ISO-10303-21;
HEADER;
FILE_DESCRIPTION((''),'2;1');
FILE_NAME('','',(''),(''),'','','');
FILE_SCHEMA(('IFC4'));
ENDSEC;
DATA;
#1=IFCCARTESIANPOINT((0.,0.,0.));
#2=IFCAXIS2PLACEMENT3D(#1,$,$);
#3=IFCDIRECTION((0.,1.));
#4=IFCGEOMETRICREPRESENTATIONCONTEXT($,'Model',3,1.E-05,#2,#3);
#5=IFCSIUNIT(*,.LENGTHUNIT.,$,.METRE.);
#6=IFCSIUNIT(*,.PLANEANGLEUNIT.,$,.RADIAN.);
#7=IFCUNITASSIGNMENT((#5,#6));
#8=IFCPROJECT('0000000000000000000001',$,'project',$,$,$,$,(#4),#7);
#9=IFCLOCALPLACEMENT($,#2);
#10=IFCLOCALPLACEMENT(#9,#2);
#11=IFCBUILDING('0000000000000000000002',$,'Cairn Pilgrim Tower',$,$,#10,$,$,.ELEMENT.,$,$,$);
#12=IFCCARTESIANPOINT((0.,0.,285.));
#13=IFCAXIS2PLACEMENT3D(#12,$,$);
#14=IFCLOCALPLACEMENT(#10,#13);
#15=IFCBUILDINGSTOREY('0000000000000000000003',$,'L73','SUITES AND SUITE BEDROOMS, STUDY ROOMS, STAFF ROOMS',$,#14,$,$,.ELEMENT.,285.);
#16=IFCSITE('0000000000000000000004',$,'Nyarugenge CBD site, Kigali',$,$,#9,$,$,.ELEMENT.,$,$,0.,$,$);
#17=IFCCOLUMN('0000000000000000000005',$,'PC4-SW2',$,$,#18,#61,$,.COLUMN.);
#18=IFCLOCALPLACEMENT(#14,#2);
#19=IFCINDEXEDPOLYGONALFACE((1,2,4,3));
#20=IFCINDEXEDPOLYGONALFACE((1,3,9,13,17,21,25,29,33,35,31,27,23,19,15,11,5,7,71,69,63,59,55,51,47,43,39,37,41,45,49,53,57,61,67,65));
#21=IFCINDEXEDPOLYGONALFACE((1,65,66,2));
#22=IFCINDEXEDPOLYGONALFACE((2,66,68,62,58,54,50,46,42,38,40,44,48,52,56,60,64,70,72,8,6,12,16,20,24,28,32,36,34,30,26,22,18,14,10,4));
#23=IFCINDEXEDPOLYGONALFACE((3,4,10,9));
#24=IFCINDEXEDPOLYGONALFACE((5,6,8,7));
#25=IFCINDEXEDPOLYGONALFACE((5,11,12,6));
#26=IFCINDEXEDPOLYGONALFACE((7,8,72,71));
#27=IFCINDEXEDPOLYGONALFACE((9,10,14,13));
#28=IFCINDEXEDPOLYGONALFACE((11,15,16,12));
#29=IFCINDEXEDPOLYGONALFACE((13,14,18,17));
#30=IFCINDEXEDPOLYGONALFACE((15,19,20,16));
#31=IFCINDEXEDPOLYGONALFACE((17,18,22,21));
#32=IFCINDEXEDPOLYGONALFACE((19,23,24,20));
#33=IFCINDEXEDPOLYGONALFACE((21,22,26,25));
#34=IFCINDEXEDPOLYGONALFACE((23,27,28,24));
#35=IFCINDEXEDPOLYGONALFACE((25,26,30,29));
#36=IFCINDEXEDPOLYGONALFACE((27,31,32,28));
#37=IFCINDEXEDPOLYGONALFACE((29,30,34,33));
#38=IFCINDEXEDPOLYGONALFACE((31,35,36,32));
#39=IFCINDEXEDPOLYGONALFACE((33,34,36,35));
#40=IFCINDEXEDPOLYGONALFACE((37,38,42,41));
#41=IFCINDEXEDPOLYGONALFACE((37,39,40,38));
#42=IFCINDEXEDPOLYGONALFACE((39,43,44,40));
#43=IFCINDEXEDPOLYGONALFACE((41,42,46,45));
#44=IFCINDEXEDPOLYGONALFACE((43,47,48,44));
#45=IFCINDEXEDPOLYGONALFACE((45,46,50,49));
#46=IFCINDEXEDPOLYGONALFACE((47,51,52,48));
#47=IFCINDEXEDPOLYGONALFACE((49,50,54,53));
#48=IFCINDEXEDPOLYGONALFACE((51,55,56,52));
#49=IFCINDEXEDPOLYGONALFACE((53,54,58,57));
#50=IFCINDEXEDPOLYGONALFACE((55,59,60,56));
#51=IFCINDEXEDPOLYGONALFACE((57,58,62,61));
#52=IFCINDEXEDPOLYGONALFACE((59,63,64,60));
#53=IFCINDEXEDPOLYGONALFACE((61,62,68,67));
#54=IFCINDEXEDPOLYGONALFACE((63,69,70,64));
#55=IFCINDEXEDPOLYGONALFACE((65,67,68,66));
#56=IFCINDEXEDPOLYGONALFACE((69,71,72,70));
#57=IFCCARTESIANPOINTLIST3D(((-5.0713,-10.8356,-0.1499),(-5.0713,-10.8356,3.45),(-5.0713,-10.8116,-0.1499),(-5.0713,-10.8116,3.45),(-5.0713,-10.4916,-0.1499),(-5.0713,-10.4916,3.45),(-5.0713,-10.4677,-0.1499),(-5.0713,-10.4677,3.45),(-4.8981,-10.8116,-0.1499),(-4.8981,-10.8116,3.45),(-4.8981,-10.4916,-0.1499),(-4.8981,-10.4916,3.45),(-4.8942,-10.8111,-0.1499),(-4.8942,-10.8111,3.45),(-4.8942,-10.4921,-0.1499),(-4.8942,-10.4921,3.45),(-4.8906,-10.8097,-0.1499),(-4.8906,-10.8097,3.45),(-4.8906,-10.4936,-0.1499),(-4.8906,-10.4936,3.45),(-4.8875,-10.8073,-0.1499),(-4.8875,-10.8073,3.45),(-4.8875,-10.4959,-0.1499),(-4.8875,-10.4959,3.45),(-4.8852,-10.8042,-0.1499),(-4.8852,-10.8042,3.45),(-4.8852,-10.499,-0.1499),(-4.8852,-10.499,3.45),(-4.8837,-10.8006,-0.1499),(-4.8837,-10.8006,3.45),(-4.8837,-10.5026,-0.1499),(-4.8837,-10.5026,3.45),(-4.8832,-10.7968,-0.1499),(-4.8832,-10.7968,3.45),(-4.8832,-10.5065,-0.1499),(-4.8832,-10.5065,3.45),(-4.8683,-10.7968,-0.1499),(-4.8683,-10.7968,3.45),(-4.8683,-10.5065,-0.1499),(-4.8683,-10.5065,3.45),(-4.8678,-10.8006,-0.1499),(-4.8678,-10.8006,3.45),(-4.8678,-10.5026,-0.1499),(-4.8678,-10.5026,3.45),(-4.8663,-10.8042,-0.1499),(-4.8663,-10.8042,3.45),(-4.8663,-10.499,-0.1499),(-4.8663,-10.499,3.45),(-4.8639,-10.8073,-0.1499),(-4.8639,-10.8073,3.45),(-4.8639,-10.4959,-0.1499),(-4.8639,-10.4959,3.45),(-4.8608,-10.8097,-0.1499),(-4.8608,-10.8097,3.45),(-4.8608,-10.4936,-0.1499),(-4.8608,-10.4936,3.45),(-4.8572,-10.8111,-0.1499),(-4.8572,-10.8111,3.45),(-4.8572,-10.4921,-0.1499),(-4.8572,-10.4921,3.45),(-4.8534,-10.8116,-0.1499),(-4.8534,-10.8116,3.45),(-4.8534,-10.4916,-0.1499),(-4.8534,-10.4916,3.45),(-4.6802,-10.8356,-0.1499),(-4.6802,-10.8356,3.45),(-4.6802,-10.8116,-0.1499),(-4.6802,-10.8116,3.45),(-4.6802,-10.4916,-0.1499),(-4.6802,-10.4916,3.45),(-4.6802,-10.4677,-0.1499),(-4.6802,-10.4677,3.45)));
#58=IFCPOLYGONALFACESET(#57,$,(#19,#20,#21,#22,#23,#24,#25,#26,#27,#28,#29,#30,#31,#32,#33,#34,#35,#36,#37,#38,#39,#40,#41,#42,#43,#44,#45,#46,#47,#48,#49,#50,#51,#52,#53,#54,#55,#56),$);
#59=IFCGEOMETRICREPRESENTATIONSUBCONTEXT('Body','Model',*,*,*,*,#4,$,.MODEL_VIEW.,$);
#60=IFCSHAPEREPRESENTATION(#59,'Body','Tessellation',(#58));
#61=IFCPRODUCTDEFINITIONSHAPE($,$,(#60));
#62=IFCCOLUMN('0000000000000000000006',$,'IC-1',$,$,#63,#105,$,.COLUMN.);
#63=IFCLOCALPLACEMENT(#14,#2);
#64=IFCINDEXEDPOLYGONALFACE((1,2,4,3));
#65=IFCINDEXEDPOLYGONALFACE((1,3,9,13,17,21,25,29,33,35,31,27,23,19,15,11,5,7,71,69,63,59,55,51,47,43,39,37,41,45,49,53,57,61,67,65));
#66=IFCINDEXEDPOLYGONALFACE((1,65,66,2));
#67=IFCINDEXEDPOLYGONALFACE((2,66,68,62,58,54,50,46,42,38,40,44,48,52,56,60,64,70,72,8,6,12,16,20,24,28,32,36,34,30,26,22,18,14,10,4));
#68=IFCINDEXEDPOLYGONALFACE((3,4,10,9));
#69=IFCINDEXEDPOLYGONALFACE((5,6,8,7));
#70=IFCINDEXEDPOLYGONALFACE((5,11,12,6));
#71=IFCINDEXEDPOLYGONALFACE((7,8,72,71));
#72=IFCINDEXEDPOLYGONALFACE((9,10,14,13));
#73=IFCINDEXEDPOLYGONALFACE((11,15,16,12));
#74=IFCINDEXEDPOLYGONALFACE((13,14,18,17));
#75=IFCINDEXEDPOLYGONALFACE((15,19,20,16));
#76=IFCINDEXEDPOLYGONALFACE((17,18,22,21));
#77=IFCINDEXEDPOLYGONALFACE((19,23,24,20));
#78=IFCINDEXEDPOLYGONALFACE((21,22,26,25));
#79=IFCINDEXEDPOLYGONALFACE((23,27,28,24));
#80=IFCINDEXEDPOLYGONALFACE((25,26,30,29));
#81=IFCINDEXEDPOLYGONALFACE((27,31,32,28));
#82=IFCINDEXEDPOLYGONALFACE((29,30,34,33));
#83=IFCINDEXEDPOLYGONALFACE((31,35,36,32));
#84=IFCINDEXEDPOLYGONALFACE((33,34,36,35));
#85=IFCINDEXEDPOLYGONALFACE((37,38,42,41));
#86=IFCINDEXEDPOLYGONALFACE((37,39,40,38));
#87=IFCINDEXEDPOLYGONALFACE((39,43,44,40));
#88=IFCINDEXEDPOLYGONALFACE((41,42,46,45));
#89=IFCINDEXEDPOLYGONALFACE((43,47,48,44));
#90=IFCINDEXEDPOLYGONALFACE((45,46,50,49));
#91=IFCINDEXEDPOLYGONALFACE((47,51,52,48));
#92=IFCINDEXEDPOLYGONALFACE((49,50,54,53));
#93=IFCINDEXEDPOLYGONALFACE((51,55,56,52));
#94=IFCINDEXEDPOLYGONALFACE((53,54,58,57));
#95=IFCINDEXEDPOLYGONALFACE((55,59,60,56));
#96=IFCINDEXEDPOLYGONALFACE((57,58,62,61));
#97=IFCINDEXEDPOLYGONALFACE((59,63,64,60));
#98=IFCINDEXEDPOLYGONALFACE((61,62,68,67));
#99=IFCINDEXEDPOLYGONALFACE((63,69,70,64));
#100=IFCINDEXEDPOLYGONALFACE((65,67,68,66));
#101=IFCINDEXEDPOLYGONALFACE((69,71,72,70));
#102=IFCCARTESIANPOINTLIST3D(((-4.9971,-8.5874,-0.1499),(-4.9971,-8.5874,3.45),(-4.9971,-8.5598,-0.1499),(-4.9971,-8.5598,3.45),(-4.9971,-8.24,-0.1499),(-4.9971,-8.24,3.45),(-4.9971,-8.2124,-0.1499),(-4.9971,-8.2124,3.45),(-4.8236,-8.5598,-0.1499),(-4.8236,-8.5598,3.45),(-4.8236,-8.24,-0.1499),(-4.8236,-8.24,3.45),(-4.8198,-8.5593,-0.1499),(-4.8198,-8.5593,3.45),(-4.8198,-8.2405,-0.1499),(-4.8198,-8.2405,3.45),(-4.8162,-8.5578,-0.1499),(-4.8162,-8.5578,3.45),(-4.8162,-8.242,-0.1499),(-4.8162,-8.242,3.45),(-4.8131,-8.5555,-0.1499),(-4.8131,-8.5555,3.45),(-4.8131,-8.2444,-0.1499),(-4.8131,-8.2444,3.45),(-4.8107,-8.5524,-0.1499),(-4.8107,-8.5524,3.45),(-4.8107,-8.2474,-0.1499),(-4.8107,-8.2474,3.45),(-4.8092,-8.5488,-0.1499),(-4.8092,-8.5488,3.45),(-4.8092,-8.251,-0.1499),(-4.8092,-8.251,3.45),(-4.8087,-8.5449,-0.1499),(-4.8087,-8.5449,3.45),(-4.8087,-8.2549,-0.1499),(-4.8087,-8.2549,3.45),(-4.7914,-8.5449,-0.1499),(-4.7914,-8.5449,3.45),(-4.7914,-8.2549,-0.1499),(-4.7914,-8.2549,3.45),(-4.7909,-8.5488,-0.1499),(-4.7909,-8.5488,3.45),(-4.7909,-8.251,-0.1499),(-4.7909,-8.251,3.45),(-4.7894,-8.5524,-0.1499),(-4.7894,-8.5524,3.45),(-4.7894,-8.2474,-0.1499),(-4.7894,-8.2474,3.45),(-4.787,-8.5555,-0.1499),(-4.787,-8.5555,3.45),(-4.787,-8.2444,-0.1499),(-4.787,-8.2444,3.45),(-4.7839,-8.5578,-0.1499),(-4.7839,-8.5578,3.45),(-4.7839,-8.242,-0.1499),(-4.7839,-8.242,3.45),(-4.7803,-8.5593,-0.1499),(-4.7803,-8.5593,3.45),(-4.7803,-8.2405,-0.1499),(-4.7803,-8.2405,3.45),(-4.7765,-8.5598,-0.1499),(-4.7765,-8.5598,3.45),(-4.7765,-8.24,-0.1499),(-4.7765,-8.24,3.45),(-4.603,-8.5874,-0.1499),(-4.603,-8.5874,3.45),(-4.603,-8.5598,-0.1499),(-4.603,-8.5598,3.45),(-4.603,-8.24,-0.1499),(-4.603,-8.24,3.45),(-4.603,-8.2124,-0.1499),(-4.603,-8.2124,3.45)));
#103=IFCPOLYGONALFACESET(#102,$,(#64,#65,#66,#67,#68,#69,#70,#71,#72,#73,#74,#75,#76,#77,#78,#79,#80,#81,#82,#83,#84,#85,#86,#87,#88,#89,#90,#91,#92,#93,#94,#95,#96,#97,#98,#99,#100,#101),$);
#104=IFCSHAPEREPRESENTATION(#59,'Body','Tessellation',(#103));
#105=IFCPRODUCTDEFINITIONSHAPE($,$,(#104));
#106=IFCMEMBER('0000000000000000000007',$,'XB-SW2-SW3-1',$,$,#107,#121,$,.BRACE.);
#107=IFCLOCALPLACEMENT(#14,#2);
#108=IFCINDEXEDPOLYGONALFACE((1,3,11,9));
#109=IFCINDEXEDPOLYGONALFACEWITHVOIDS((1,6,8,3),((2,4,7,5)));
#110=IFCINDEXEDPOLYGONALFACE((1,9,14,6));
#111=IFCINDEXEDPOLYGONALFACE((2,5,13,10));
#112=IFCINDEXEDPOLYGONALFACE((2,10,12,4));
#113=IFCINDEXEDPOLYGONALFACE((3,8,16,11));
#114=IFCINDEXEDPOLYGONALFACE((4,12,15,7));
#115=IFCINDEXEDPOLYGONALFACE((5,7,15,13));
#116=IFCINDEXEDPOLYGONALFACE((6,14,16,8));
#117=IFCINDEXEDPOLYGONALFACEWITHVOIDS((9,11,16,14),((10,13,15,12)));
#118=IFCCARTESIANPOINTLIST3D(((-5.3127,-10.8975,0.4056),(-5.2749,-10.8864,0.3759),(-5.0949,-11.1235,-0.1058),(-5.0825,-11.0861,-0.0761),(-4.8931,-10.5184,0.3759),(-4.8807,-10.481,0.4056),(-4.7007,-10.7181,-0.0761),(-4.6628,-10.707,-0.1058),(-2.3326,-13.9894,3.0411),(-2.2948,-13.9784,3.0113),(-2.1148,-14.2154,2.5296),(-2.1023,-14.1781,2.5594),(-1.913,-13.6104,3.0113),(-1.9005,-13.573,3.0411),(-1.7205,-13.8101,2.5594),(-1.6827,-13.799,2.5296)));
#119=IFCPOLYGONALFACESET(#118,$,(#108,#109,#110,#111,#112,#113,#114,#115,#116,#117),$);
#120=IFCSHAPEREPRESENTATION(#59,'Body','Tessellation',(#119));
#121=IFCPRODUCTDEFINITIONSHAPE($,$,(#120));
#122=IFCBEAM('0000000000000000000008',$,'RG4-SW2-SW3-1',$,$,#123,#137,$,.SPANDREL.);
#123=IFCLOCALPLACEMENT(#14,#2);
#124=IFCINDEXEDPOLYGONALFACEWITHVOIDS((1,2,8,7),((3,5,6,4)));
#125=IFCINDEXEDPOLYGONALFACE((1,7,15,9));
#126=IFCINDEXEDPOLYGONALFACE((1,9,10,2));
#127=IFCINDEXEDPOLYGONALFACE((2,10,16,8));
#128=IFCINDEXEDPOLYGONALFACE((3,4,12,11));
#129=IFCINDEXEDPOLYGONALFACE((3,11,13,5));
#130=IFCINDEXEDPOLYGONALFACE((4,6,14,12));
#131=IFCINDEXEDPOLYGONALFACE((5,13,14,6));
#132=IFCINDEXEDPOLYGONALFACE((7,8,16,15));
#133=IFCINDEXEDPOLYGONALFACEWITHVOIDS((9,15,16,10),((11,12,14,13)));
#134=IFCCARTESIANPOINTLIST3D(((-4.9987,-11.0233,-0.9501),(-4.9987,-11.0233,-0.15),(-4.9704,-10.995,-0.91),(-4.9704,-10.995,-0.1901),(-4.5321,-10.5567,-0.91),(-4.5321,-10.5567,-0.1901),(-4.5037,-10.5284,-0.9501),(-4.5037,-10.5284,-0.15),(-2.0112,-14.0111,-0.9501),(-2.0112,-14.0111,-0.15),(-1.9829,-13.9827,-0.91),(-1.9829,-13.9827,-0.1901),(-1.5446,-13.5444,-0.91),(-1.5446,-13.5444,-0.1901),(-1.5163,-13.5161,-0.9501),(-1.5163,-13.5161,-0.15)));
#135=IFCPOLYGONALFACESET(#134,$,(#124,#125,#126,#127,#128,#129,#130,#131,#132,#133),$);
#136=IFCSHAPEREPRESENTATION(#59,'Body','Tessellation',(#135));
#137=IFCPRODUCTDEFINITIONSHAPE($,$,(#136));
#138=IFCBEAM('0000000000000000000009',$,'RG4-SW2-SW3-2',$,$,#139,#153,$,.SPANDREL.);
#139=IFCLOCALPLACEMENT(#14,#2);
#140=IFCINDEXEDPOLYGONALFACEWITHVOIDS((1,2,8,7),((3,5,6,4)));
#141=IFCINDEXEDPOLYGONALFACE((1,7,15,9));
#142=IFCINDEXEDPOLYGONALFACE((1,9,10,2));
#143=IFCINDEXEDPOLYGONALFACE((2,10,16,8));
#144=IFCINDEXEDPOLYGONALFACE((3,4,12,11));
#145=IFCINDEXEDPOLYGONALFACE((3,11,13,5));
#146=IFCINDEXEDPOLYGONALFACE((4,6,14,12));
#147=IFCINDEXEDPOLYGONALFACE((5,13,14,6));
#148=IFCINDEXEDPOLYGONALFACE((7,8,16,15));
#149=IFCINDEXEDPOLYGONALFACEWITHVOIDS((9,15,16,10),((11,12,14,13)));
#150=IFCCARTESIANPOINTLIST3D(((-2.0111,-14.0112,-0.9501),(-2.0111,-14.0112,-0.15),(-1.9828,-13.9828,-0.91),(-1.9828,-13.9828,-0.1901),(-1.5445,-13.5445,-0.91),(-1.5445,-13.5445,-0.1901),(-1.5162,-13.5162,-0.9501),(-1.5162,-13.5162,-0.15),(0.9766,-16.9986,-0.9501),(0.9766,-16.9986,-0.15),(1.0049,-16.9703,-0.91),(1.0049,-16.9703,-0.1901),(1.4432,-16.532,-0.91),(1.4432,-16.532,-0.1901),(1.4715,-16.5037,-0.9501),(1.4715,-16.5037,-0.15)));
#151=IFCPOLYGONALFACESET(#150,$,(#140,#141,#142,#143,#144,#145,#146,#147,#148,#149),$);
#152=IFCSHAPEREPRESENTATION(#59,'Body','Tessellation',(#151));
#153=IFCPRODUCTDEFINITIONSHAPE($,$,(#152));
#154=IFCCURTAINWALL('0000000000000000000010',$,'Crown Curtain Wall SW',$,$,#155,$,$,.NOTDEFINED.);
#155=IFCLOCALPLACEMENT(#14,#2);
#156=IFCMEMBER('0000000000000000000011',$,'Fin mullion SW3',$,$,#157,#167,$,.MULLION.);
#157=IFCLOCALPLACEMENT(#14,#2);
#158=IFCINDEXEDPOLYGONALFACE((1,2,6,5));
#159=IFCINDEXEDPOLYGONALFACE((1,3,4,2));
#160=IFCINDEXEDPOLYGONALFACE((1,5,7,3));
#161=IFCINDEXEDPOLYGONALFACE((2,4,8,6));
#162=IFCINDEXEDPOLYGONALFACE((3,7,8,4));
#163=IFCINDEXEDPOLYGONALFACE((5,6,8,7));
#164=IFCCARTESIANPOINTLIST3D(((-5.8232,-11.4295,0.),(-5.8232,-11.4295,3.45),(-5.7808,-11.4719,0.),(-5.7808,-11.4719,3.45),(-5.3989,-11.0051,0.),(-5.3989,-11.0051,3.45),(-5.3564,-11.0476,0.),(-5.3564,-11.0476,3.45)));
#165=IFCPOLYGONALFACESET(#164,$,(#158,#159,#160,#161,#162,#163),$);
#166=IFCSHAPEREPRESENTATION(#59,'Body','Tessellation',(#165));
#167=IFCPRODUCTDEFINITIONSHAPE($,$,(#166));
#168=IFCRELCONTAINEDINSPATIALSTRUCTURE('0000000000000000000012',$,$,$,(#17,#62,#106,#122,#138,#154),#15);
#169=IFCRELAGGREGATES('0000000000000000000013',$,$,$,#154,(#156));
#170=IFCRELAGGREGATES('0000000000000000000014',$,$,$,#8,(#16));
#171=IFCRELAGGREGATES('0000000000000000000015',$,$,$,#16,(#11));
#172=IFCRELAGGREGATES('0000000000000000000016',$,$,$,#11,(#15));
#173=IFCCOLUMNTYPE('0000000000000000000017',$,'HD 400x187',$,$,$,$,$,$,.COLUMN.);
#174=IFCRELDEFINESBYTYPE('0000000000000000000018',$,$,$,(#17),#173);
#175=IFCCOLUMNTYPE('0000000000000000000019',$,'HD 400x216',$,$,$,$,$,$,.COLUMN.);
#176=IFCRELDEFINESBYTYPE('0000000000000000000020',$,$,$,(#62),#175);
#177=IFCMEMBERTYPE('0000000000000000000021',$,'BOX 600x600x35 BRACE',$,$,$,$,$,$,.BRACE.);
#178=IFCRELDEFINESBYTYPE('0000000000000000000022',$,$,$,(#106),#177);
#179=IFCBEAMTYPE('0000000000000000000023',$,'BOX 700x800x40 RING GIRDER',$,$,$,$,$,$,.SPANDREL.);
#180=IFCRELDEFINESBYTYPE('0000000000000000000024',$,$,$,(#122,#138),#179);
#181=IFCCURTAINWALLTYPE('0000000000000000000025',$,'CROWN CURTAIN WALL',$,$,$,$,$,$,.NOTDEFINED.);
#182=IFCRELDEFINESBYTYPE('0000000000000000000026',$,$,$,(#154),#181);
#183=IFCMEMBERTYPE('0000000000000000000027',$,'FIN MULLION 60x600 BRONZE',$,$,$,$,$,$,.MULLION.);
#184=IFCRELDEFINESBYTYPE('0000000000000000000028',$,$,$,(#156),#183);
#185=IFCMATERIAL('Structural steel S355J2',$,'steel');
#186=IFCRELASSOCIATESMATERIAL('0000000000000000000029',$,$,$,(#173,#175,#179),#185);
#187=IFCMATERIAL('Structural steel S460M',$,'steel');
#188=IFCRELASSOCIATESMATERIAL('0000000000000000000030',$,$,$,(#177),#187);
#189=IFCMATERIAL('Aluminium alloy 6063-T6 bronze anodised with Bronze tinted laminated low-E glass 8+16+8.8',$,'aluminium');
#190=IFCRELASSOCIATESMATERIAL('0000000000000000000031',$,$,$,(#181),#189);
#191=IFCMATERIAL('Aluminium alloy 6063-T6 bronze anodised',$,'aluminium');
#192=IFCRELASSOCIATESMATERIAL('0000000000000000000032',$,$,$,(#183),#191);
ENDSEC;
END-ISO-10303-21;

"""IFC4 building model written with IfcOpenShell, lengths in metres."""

from ifc_helpers import new_model, si_unit, direction, frame, origin, origin_2d, place, context, subcontext, project, spatial, rectangle, hollow_rectangle, i_section, extrude, material, material_profile, profile_set, type_object, element, aggregate, save


model = new_model("IFC4")

# Units and contexts
model_context = context("Model", 3, precision=1e-05, world=origin(), true_north=direction((0.0, 1.0)))
body_context = subcontext(model_context, "Body", "Model", "MODEL_VIEW")
ifc_project = project(units=[si_unit("LENGTHUNIT", "METRE"), si_unit("PLANEANGLEUNIT", "RADIAN")], contexts=[model_context])

# Site, building, storey
site_placement = place(None, origin())
site = spatial("IfcSite", under=ifc_project, at=site_placement, Name="Nyarugenge CBD site, Kigali", CompositionType="ELEMENT", RefElevation=0.0)
building_placement = place(site_placement, origin())
building = spatial("IfcBuilding", under=site, at=building_placement, Name="Cairn Pilgrim Tower", CompositionType="ELEMENT")
storey_placement = place(building_placement, frame((0.0, 0.0, 285.0)))
storey = spatial("IfcBuildingStorey", under=building, at=storey_placement, Name="L73", Description="SUITES AND SUITE BEDROOMS, STUDY ROOMS, STAFF ROOMS", CompositionType="ELEMENT", Elevation=285.0)

# Columns
ifc_material_1 = material(Name="Structural steel S355J2", Category="steel")
ifc_material_profile_1 = material_profile(ifc_material_1, i_section(OverallWidth=0.3911, OverallDepth=0.3679, WebThickness=0.0149, FlangeThickness=0.0239, FilletRadius=0.0149, at=origin_2d()), Name="HD 400x187")
ifc_profile_set_1 = profile_set([ifc_material_profile_1], Name="Structural steel S355J2")
column_type_1 = type_object("IfcColumnType", Name="HD 400x187", PredefinedType="COLUMN", material=ifc_profile_set_1)
column_1_placement = place(storey_placement, frame((-4.8757, -10.6516, -0.1499), z_axis=(0.0, 0.0, 1.0), x_axis=(1.0, 0.0, 0.0)))
element("IfcColumn", 1, at=column_1_placement, inside=storey, type_object=column_type_1, Name="PC4-SW2", PredefinedType="COLUMN", context=body_context, shape_type="SweptSolid", body=[
    extrude(i_section(OverallWidth=0.3911, OverallDepth=0.3679, WebThickness=0.0149, FlangeThickness=0.0239, FilletRadius=0.0149, at=origin_2d()), origin(), (0.0, 0.0, 1.0), 3.5999),
])
ifc_material_profile_2 = material_profile(ifc_material_1, i_section(OverallWidth=0.394, OverallDepth=0.375, WebThickness=0.0173, FlangeThickness=0.0276, FilletRadius=0.0149, at=origin_2d()), Name="HD 400x216")
ifc_profile_set_2 = profile_set([ifc_material_profile_2], Name="Structural steel S355J2")
column_type_2 = type_object("IfcColumnType", Name="HD 400x216", PredefinedType="COLUMN", material=ifc_profile_set_2)
column_2_placement = place(storey_placement, frame((-4.8, -8.3999, -0.1499), z_axis=(0.0, 0.0, 1.0), x_axis=(1.0, 0.0, 0.0)))
element("IfcColumn", 2, at=column_2_placement, inside=storey, type_object=column_type_2, Name="IC-1", PredefinedType="COLUMN", context=body_context, shape_type="SweptSolid", body=[
    extrude(i_section(OverallWidth=0.394, OverallDepth=0.375, WebThickness=0.0173, FlangeThickness=0.0276, FilletRadius=0.0149, at=origin_2d()), origin(), (0.0, 0.0, 1.0), 3.5999),
])

# Member
ifc_material_2 = material(Name="Structural steel S460M", Category="steel")
ifc_material_profile_3 = material_profile(ifc_material_2, hollow_rectangle(XDim=0.6001, YDim=0.6001, WallThickness=0.0349, at=origin_2d()), Name="BOX 600x600x35")
ifc_profile_set_3 = profile_set([ifc_material_profile_3], Name="Structural steel S460M")
member_type_1 = type_object("IfcMemberType", Name="BOX 600x600x35 BRACE", PredefinedType="BRACE", material=ifc_profile_set_3)
member_1_placement = place(storey_placement, frame((-4.9878, -10.8022, 0.1499), z_axis=(0.591469, -0.613661, 0.523053), x_axis=(0.720006, 0.693968, 0.0)))
element("IfcMember", 3, at=member_1_placement, inside=storey, type_object=member_type_1, Name="XB-SW2-SW3-1", PredefinedType="BRACE", context=body_context, shape_type="SweptSolid", body=[
    extrude(hollow_rectangle(XDim=0.6001, YDim=0.6001, WallThickness=0.0349, at=origin_2d()), origin(), (0.0, 0.0, 1.0), 5.0386),
])

# Beams
ifc_material_profile_4 = material_profile(ifc_material_1, hollow_rectangle(XDim=0.7, YDim=0.8, WallThickness=0.04, at=origin_2d()), Name="BOX 700x800x40")
ifc_profile_set_4 = profile_set([ifc_material_profile_4], Name="Structural steel S355J2")
beam_type_1 = type_object("IfcBeamType", Name="BOX 700x800x40 RING GIRDER", PredefinedType="SPANDREL", material=ifc_profile_set_4)
for number, where, z_axis, x_axis, name in (
    (4, (-4.7512, -10.7759, -0.55), (0.707078, -0.707136, 0.0), (0.707136, 0.707078, 0.0), "RG4-SW2-SW3-1"),
    (5, (-1.7637, -13.7637, -0.55), (0.707136, -0.707078, 0.0), (0.707078, 0.707136, 0.0), "RG4-SW2-SW3-2"),
):
    element("IfcBeam", number, at=place(storey_placement, frame(where, z_axis=z_axis, x_axis=x_axis)), inside=storey, type_object=beam_type_1, Name=name, PredefinedType="SPANDREL", context=body_context, shape_type="SweptSolid", body=[
        extrude(hollow_rectangle(XDim=0.7, YDim=0.8, WallThickness=0.04, at=origin_2d()), origin(), (0.0, 0.0, 1.0), 4.2251),
    ])

# Curtain wall, member
ifc_material_3 = material(Name="Aluminium alloy 6063-T6 bronze anodised with Bronze tinted laminated low-E glass 8+16+8.8", Category="aluminium")
curtain_wall_type = type_object("IfcCurtainWallType", Name="CROWN CURTAIN WALL", PredefinedType="NOTDEFINED", material=ifc_material_3)
curtain_wall_placement = place(storey_placement, origin())
curtain_wall = element("IfcCurtainWall", 6, at=curtain_wall_placement, inside=storey, type_object=curtain_wall_type, Name="Crown Curtain Wall SW", PredefinedType="NOTDEFINED")
ifc_material_4 = material(Name="Aluminium alloy 6063-T6 bronze anodised", Category="aluminium")
ifc_material_profile_5 = material_profile(ifc_material_4, rectangle(XDim=0.6001, YDim=0.0601, at=origin_2d()), Name="FIN MULLION 60x600 BRONZE")
ifc_profile_set_5 = profile_set([ifc_material_profile_5], Name="Aluminium alloy 6063-T6 bronze anodised")
member_type_2 = type_object("IfcMemberType", Name="FIN MULLION 60x600 BRONZE", PredefinedType="MULLION", material=ifc_profile_set_5)
member_2_placement = place(storey_placement, frame((-5.5898, -11.2385, 0.0), z_axis=(0.0, 0.0, 1.0), x_axis=(-0.707107, -0.707107, 0.0)))
member_2 = element("IfcMember", 7, at=member_2_placement, type_object=member_type_2, Name="Fin mullion SW3", PredefinedType="MULLION", context=body_context, shape_type="SweptSolid", body=[
    extrude(rectangle(XDim=0.6001, YDim=0.0601, at=origin_2d()), origin(), (0.0, 0.0, 1.0), 3.45),
])

aggregate(curtain_wall, [member_2])

save(model, "model.ifc")
